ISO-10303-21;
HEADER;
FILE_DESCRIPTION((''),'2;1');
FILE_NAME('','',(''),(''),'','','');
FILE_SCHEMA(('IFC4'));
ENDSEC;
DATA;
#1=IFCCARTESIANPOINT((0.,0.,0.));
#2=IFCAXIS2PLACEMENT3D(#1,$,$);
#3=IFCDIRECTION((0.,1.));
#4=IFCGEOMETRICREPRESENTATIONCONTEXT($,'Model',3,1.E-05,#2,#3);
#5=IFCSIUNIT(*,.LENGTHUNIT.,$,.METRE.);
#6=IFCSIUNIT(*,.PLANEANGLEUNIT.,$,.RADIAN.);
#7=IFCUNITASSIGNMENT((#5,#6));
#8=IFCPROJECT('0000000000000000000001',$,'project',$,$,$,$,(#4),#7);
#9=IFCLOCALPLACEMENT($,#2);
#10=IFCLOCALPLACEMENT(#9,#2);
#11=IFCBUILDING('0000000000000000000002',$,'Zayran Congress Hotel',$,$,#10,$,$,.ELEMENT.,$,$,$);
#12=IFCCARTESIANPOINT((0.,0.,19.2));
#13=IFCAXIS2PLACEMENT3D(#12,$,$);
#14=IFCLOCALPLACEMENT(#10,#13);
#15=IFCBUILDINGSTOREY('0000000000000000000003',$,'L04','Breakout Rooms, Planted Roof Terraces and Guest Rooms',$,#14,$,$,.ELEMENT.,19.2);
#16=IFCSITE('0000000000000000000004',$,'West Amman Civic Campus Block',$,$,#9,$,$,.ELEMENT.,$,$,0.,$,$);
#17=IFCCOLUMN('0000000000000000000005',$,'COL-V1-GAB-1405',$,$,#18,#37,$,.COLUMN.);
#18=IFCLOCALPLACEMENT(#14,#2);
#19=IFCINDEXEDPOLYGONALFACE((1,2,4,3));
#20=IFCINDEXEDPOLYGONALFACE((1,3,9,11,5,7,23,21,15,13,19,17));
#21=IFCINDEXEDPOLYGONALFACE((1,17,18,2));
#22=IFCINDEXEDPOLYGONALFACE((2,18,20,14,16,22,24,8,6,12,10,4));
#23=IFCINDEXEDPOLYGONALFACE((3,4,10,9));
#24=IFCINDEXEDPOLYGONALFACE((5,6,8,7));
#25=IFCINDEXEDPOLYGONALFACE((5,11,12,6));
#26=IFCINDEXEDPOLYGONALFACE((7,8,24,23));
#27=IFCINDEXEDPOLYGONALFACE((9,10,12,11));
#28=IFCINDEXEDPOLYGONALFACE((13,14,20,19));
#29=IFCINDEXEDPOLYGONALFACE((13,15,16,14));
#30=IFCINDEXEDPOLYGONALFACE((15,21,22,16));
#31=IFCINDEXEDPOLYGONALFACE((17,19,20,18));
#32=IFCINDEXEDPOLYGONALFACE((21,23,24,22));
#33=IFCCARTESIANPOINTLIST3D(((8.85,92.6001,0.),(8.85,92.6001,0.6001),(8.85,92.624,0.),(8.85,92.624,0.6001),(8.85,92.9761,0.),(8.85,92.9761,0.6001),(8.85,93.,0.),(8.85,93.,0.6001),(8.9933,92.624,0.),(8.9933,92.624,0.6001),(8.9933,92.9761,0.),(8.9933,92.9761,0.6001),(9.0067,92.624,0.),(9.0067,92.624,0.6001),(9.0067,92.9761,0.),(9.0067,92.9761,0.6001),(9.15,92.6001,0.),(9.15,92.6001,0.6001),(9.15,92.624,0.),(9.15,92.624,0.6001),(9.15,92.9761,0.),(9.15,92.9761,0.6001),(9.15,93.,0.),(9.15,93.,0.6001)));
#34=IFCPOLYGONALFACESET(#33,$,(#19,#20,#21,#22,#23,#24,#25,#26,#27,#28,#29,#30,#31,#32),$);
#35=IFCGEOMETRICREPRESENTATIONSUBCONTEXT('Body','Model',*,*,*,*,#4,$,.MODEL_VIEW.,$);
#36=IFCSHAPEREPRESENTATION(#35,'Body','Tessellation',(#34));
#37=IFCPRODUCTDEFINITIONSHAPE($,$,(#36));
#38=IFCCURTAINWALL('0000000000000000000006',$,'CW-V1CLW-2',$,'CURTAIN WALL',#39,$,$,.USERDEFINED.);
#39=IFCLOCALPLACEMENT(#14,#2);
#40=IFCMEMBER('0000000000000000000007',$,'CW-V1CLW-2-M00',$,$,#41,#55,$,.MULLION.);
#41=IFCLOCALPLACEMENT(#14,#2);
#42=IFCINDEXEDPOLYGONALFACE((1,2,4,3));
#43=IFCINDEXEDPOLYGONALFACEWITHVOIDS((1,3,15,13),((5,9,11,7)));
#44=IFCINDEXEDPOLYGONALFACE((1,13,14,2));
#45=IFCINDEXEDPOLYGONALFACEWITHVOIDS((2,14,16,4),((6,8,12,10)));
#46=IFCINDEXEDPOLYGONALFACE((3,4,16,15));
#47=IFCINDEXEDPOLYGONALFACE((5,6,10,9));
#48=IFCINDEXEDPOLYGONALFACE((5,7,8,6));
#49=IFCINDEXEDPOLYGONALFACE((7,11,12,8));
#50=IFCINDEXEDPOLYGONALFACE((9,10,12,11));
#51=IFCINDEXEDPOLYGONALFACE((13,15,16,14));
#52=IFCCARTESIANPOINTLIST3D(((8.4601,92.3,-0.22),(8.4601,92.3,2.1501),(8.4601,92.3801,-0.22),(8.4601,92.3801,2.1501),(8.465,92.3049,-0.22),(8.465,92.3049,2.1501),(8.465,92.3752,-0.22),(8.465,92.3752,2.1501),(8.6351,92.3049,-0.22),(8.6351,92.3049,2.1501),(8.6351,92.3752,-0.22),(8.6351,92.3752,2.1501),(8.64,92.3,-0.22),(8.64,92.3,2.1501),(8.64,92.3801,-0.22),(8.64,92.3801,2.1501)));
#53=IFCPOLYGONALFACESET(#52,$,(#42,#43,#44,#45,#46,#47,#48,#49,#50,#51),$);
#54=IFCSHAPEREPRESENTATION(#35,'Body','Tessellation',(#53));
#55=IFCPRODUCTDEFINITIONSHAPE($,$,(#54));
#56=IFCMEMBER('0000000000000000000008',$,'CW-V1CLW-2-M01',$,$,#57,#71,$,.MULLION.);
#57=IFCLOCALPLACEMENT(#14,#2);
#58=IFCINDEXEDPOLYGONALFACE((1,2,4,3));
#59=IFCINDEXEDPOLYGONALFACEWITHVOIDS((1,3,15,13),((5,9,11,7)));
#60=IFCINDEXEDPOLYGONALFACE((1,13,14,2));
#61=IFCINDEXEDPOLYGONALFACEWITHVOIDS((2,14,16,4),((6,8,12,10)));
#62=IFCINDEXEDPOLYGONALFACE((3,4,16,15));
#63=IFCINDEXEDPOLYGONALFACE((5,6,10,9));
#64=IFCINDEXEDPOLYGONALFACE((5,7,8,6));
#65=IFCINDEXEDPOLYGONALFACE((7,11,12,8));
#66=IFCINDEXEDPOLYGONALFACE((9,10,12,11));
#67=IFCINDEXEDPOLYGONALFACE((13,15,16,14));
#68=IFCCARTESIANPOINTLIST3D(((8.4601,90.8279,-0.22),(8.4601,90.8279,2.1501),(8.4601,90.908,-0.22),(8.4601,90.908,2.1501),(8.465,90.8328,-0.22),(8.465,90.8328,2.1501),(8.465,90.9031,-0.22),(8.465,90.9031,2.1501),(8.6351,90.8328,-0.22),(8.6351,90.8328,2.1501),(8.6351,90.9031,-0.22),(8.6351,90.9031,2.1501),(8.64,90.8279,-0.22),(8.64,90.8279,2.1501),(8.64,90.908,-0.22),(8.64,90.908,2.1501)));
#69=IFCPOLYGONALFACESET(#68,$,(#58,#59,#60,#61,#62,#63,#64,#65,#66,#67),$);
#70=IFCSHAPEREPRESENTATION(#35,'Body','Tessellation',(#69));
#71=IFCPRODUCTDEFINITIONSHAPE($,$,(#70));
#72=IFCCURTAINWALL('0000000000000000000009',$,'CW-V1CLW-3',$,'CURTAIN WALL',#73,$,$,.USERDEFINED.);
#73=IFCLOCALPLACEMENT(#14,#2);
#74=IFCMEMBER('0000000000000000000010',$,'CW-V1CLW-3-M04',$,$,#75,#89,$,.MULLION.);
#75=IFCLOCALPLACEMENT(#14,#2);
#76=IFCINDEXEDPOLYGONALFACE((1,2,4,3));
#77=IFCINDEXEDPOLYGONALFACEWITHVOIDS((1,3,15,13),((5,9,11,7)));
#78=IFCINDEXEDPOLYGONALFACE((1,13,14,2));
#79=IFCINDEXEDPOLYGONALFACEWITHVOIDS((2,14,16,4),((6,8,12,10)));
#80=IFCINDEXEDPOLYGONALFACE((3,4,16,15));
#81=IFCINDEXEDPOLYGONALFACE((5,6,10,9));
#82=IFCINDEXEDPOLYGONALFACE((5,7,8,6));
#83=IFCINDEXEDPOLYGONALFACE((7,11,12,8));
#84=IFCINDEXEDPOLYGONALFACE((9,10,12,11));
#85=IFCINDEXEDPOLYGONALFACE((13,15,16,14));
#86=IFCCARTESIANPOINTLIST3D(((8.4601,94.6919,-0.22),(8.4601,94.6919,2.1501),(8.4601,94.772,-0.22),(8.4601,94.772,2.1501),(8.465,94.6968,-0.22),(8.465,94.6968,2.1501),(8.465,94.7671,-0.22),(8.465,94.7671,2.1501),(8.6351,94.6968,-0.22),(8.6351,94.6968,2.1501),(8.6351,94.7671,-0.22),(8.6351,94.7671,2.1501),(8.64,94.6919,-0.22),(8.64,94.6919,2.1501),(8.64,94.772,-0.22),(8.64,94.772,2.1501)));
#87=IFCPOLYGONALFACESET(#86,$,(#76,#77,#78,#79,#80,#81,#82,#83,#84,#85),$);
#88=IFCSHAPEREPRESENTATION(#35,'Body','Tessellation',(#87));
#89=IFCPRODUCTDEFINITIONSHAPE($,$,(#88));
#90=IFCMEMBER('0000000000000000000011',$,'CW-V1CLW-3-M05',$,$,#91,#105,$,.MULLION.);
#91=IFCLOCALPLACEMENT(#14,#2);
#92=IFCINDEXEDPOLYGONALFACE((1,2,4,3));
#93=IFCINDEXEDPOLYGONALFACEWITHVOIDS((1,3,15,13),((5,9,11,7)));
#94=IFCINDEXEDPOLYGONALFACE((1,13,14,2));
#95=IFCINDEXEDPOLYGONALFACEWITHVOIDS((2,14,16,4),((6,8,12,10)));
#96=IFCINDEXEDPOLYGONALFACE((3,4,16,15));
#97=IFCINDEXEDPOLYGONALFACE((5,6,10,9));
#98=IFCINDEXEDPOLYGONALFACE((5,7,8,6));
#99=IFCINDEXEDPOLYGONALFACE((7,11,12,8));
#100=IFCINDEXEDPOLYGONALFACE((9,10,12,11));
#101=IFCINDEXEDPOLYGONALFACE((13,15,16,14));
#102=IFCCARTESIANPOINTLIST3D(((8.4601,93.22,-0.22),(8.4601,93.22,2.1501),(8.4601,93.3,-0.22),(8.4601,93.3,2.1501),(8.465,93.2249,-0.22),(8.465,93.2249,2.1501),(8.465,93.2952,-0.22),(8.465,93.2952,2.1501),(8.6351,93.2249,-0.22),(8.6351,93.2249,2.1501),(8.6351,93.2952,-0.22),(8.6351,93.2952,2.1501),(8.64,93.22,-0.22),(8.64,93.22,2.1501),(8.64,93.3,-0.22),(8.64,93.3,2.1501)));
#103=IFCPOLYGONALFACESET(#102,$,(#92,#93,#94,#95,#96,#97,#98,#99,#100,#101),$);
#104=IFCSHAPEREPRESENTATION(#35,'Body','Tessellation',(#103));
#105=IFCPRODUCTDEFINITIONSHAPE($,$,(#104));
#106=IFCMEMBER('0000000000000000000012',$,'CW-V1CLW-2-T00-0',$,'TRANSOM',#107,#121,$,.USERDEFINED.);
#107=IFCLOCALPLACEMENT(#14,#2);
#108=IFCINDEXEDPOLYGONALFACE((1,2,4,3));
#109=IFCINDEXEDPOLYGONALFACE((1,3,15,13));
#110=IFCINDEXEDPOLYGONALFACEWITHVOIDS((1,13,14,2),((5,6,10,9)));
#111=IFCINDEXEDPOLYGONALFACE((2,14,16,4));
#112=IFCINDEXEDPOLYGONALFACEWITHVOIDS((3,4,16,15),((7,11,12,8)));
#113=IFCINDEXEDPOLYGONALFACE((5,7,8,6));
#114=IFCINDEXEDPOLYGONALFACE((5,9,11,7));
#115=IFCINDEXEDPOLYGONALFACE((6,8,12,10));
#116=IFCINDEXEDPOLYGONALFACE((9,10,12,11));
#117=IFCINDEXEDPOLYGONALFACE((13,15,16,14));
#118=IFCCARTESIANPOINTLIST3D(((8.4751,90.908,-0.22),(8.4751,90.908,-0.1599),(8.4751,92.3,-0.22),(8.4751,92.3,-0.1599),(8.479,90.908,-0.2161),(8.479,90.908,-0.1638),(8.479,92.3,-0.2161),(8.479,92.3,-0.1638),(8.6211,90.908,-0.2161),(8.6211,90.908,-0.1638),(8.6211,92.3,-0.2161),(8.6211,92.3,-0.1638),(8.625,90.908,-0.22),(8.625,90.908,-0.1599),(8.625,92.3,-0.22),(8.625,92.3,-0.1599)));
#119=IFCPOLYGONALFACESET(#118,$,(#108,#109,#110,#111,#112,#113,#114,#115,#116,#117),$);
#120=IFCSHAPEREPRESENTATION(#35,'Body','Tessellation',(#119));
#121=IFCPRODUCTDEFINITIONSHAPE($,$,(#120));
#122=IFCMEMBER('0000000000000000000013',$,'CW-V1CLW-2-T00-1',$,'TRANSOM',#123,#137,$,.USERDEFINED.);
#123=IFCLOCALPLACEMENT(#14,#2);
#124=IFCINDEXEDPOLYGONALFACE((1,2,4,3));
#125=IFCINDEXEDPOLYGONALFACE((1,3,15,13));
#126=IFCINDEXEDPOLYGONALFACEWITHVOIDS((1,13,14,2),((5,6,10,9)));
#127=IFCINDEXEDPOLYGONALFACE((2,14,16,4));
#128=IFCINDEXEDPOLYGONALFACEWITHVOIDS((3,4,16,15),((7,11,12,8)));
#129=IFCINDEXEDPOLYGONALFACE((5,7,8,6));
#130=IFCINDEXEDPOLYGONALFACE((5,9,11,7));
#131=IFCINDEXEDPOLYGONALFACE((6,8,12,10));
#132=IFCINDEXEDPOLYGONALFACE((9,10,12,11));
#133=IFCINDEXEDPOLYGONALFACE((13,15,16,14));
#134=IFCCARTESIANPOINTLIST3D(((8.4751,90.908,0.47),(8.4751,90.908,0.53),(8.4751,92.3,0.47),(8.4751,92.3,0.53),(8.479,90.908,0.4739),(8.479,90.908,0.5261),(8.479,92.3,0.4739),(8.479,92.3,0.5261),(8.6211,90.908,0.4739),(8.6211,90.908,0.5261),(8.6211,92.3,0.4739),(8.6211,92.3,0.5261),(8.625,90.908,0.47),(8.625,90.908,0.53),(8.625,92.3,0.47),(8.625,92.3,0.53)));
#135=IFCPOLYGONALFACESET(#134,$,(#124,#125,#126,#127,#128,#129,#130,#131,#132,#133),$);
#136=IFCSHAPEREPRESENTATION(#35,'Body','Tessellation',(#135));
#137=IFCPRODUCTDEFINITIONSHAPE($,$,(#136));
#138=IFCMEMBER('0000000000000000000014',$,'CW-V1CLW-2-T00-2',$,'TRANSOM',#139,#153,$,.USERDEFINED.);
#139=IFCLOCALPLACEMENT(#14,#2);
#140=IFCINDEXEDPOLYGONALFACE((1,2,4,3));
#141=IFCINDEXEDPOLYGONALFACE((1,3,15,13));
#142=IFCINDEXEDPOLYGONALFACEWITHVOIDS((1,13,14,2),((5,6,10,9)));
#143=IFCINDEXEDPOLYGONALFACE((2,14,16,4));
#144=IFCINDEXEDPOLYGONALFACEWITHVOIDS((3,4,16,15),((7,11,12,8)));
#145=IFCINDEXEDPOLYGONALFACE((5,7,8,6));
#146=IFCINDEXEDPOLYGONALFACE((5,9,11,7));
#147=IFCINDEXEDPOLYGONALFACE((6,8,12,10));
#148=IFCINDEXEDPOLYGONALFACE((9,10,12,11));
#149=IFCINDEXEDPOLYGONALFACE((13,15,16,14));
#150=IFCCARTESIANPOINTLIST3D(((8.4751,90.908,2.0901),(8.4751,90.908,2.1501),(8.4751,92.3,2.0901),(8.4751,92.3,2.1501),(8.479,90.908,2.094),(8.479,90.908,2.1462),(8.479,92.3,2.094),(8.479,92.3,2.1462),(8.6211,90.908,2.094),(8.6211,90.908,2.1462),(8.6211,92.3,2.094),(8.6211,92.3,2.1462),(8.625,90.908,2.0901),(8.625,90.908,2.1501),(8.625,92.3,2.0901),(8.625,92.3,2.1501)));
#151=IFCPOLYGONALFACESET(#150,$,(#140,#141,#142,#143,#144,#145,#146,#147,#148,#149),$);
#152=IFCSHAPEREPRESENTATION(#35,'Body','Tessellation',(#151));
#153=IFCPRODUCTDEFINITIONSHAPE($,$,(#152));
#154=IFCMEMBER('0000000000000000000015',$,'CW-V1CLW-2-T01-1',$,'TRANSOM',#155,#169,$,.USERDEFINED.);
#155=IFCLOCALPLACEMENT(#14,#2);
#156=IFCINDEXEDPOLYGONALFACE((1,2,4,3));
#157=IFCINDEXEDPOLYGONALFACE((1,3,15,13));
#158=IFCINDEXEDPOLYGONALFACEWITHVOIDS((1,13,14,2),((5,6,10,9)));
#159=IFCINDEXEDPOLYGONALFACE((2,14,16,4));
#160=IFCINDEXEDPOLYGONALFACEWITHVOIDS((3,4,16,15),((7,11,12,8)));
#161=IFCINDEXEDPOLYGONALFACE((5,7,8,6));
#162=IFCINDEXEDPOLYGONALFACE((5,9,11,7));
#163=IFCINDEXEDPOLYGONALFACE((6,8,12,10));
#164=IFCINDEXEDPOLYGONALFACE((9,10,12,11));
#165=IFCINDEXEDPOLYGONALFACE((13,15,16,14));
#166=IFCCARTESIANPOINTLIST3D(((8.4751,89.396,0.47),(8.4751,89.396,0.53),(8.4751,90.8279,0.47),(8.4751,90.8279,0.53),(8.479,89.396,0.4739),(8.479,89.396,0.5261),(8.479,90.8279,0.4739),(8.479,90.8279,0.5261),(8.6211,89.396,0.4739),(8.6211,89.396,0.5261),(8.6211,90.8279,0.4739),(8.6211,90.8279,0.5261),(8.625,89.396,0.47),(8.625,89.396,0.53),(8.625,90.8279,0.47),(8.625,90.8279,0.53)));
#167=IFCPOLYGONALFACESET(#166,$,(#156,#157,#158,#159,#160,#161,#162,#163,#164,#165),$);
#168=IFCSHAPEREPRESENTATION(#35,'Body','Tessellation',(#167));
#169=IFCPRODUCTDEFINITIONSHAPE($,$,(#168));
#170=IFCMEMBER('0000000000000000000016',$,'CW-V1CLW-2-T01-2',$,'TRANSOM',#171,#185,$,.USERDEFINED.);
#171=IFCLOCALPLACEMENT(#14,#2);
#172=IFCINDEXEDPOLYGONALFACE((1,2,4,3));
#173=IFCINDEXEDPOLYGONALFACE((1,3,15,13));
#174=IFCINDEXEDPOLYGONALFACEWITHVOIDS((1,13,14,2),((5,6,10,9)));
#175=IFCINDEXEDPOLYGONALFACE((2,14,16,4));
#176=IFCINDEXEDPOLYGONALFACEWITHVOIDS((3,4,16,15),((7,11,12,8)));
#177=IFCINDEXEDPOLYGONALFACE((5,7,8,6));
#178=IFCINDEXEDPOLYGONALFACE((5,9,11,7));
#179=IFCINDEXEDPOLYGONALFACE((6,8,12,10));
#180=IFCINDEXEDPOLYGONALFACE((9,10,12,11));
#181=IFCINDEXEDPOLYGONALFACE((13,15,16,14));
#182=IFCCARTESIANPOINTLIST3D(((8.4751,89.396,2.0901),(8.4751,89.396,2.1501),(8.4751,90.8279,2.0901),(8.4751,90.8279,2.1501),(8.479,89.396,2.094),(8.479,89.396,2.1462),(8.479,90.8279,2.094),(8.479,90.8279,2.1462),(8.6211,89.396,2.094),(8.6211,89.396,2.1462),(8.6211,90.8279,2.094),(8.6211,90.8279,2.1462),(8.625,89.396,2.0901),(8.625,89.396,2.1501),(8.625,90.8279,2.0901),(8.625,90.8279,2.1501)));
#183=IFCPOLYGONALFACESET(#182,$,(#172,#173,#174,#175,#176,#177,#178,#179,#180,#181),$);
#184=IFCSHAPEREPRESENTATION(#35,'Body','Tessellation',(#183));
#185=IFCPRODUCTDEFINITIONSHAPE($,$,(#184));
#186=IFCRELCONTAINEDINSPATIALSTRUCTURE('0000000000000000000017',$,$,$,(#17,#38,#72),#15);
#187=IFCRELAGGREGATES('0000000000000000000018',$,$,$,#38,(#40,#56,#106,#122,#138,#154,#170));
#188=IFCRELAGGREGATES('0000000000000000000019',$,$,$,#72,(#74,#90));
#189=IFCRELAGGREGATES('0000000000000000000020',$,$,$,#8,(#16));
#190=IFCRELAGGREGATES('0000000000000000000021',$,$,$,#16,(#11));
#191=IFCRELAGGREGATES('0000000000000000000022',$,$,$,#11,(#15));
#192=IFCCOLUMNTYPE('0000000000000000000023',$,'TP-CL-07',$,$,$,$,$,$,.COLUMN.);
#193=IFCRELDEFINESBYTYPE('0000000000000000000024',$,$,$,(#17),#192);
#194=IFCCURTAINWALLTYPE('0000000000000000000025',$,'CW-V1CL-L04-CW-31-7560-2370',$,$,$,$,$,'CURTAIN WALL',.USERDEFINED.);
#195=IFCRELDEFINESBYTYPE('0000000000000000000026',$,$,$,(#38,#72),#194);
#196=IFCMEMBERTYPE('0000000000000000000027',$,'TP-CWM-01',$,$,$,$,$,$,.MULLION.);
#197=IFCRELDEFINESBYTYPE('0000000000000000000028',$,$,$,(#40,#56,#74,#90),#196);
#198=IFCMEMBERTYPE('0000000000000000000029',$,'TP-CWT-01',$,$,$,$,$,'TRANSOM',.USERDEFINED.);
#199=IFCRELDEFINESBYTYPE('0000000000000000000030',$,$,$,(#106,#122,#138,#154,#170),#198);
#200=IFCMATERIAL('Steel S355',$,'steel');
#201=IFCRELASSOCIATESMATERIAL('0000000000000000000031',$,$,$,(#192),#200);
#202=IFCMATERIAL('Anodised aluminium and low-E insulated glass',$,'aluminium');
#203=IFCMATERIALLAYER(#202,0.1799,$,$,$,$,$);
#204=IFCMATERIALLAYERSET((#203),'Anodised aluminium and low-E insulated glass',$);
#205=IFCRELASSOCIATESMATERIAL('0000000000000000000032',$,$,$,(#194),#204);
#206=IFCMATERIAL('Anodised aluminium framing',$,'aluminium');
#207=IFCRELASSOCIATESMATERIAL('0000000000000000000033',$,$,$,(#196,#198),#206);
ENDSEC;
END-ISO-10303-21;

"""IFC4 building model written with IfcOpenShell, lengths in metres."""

from ifc_helpers import new_model, si_unit, direction, frame, origin, origin_2d, place, context, subcontext, project, spatial, hollow_rectangle, i_section, extrude, material, layer, layer_set, material_profile, profile_set, type_object, element, aggregate, save


model = new_model("IFC4")

# Units and contexts
model_context = context("Model", 3, precision=1e-05, world=origin(), true_north=direction((0.0, 1.0)))
body_context = subcontext(model_context, "Body", "Model", "MODEL_VIEW")
ifc_project = project(units=[si_unit("LENGTHUNIT", "METRE"), si_unit("PLANEANGLEUNIT", "RADIAN")], contexts=[model_context])

# Site, building, storey
site_placement = place(None, origin())
site = spatial("IfcSite", under=ifc_project, at=site_placement, Name="West Amman Civic Campus Block", CompositionType="ELEMENT", RefElevation=0.0)
building_placement = place(site_placement, origin())
building = spatial("IfcBuilding", under=site, at=building_placement, Name="Zayran Congress Hotel", CompositionType="ELEMENT")
storey_placement = place(building_placement, frame((0.0, 0.0, 19.2)))
storey = spatial("IfcBuildingStorey", under=building, at=storey_placement, Name="L04", Description="Breakout Rooms, Planted Roof Terraces and Guest Rooms", CompositionType="ELEMENT", Elevation=19.2)

# Column
ifc_material_1 = material(Name="Steel S355", Category="steel")
ifc_material_profile_1 = material_profile(ifc_material_1, i_section(OverallWidth=0.3, OverallDepth=0.3999, WebThickness=0.0134, FlangeThickness=0.0239, at=origin_2d()), Name="HEB 400")
ifc_profile_set_1 = profile_set([ifc_material_profile_1], Name="Steel S355")
column_type = type_object("IfcColumnType", Name="TP-CL-07", PredefinedType="COLUMN", material=ifc_profile_set_1)
column_placement = place(storey_placement, frame((9.0, 92.8, 0.0), z_axis=(0.0, 0.0, 1.0), x_axis=(1.0, 0.0, 0.0)))
element("IfcColumn", 1, at=column_placement, inside=storey, type_object=column_type, Name="COL-V1-GAB-1405", PredefinedType="COLUMN", context=body_context, shape_type="SweptSolid", body=[
    extrude(i_section(OverallWidth=0.3, OverallDepth=0.3999, WebThickness=0.0134, FlangeThickness=0.0239, at=origin_2d()), origin(), (0.0, 0.0, 1.0), 0.6001),
])

# Curtain walls, members
ifc_material_2 = material(Name="Anodised aluminium and low-E insulated glass", Category="aluminium")
ifc_layer_1 = layer(ifc_material_2, 0.1799)
ifc_layer_set_1 = layer_set([ifc_layer_1], Name="Anodised aluminium and low-E insulated glass")
curtain_wall_type = type_object("IfcCurtainWallType", Name="CW-V1CL-L04-CW-31-7560-2370", ElementType="CURTAIN WALL", PredefinedType="USERDEFINED", material=ifc_layer_set_1)
curtain_wall_1_placement = place(storey_placement, origin())
curtain_wall_1 = element("IfcCurtainWall", 2, at=curtain_wall_1_placement, inside=storey, type_object=curtain_wall_type, Name="CW-V1CLW-2", ObjectType="CURTAIN WALL", PredefinedType="USERDEFINED")
ifc_material_3 = material(Name="Anodised aluminium framing", Category="aluminium")
ifc_material_profile_2 = material_profile(ifc_material_3, hollow_rectangle(XDim=0.0801, YDim=0.1799, WallThickness=0.0049, at=origin_2d()), Name="RHS 180x80x5")
ifc_profile_set_2 = profile_set([ifc_material_profile_2], Name="Anodised aluminium framing")
member_type_1 = type_object("IfcMemberType", Name="TP-CWM-01", PredefinedType="MULLION", material=ifc_profile_set_2)
member_1_placement = place(storey_placement, frame((8.55, 92.3401, -0.22), z_axis=(0.0, 0.0, 1.0), x_axis=(0.0, 1.0, 0.0)))
member_1 = element("IfcMember", 3, at=member_1_placement, type_object=member_type_1, Name="CW-V1CLW-2-M00", PredefinedType="MULLION", context=body_context, shape_type="SweptSolid", body=[
    extrude(hollow_rectangle(XDim=0.0801, YDim=0.1799, WallThickness=0.0049, at=origin_2d()), origin(), (0.0, 0.0, 1.0), 2.3701),
])
member_2_placement = place(storey_placement, frame((8.55, 90.8679, -0.22), z_axis=(0.0, 0.0, 1.0), x_axis=(0.0, 1.0, 0.0)))
member_2 = element("IfcMember", 4, at=member_2_placement, type_object=member_type_1, Name="CW-V1CLW-2-M01", PredefinedType="MULLION", context=body_context, shape_type="SweptSolid", body=[
    extrude(hollow_rectangle(XDim=0.0801, YDim=0.1799, WallThickness=0.0049, at=origin_2d()), origin(), (0.0, 0.0, 1.0), 2.3701),
])
curtain_wall_2_placement = place(storey_placement, origin())
curtain_wall_2 = element("IfcCurtainWall", 5, at=curtain_wall_2_placement, inside=storey, type_object=curtain_wall_type, Name="CW-V1CLW-3", ObjectType="CURTAIN WALL", PredefinedType="USERDEFINED")
member_3_placement = place(storey_placement, frame((8.55, 94.7319, -0.22), z_axis=(0.0, 0.0, 1.0), x_axis=(0.0, 1.0, 0.0)))
member_3 = element("IfcMember", 6, at=member_3_placement, type_object=member_type_1, Name="CW-V1CLW-3-M04", PredefinedType="MULLION", context=body_context, shape_type="SweptSolid", body=[
    extrude(hollow_rectangle(XDim=0.0801, YDim=0.1799, WallThickness=0.0049, at=origin_2d()), origin(), (0.0, 0.0, 1.0), 2.3701),
])
member_4_placement = place(storey_placement, frame((8.55, 93.26, -0.22), z_axis=(0.0, 0.0, 1.0), x_axis=(0.0, 1.0, 0.0)))
member_4 = element("IfcMember", 7, at=member_4_placement, type_object=member_type_1, Name="CW-V1CLW-3-M05", PredefinedType="MULLION", context=body_context, shape_type="SweptSolid", body=[
    extrude(hollow_rectangle(XDim=0.0801, YDim=0.1799, WallThickness=0.0049, at=origin_2d()), origin(), (0.0, 0.0, 1.0), 2.3701),
])

# Members
ifc_material_profile_3 = material_profile(ifc_material_3, hollow_rectangle(XDim=0.0601, YDim=0.1499, WallThickness=0.0039, at=origin_2d()), Name="RHS 150x60x4")
ifc_profile_set_3 = profile_set([ifc_material_profile_3], Name="Anodised aluminium framing")
member_type_2 = type_object("IfcMemberType", Name="TP-CWT-01", ElementType="TRANSOM", PredefinedType="USERDEFINED", material=ifc_profile_set_3)
member_5_placement = place(storey_placement, frame((8.55, 92.3, -0.1899), z_axis=(0.0, -1.0, 0.0), x_axis=(0.0, 0.0, 1.0)))
member_5 = element("IfcMember", 8, at=member_5_placement, type_object=member_type_2, Name="CW-V1CLW-2-T00-0", ObjectType="TRANSOM", PredefinedType="USERDEFINED", context=body_context, shape_type="SweptSolid", body=[
    extrude(hollow_rectangle(XDim=0.0601, YDim=0.1499, WallThickness=0.0039, at=origin_2d()), origin(), (0.0, 0.0, 1.0), 1.3921),
])
member_6_placement = place(storey_placement, frame((8.55, 92.3, 0.5), z_axis=(0.0, -1.0, 0.0), x_axis=(0.0, 0.0, 1.0)))
member_6 = element("IfcMember", 9, at=member_6_placement, type_object=member_type_2, Name="CW-V1CLW-2-T00-1", ObjectType="TRANSOM", PredefinedType="USERDEFINED", context=body_context, shape_type="SweptSolid", body=[
    extrude(hollow_rectangle(XDim=0.0601, YDim=0.1499, WallThickness=0.0039, at=origin_2d()), origin(), (0.0, 0.0, 1.0), 1.3921),
])
member_7_placement = place(storey_placement, frame((8.55, 92.3, 2.1201), z_axis=(0.0, -1.0, 0.0), x_axis=(0.0, 0.0, 1.0)))
member_7 = element("IfcMember", 10, at=member_7_placement, type_object=member_type_2, Name="CW-V1CLW-2-T00-2", ObjectType="TRANSOM", PredefinedType="USERDEFINED", context=body_context, shape_type="SweptSolid", body=[
    extrude(hollow_rectangle(XDim=0.0601, YDim=0.1499, WallThickness=0.0039, at=origin_2d()), origin(), (0.0, 0.0, 1.0), 1.3921),
])
member_8_placement = place(storey_placement, frame((8.55, 90.8279, 0.5), z_axis=(0.0, -1.0, 0.0), x_axis=(0.0, 0.0, 1.0)))
member_8 = element("IfcMember", 11, at=member_8_placement, type_object=member_type_2, Name="CW-V1CLW-2-T01-1", ObjectType="TRANSOM", PredefinedType="USERDEFINED", context=body_context, shape_type="SweptSolid", body=[
    extrude(hollow_rectangle(XDim=0.0601, YDim=0.1499, WallThickness=0.0039, at=origin_2d()), origin(), (0.0, 0.0, 1.0), 1.4319),
])
member_9_placement = place(storey_placement, frame((8.55, 90.8279, 2.1201), z_axis=(0.0, -1.0, 0.0), x_axis=(0.0, 0.0, 1.0)))
member_9 = element("IfcMember", 12, at=member_9_placement, type_object=member_type_2, Name="CW-V1CLW-2-T01-2", ObjectType="TRANSOM", PredefinedType="USERDEFINED", context=body_context, shape_type="SweptSolid", body=[
    extrude(hollow_rectangle(XDim=0.0601, YDim=0.1499, WallThickness=0.0039, at=origin_2d()), origin(), (0.0, 0.0, 1.0), 1.4319),
])

aggregate(curtain_wall_1, [member_1, member_2, member_5, member_6, member_7, member_8, member_9])
aggregate(curtain_wall_2, [member_3, member_4])

save(model, "model.ifc")
